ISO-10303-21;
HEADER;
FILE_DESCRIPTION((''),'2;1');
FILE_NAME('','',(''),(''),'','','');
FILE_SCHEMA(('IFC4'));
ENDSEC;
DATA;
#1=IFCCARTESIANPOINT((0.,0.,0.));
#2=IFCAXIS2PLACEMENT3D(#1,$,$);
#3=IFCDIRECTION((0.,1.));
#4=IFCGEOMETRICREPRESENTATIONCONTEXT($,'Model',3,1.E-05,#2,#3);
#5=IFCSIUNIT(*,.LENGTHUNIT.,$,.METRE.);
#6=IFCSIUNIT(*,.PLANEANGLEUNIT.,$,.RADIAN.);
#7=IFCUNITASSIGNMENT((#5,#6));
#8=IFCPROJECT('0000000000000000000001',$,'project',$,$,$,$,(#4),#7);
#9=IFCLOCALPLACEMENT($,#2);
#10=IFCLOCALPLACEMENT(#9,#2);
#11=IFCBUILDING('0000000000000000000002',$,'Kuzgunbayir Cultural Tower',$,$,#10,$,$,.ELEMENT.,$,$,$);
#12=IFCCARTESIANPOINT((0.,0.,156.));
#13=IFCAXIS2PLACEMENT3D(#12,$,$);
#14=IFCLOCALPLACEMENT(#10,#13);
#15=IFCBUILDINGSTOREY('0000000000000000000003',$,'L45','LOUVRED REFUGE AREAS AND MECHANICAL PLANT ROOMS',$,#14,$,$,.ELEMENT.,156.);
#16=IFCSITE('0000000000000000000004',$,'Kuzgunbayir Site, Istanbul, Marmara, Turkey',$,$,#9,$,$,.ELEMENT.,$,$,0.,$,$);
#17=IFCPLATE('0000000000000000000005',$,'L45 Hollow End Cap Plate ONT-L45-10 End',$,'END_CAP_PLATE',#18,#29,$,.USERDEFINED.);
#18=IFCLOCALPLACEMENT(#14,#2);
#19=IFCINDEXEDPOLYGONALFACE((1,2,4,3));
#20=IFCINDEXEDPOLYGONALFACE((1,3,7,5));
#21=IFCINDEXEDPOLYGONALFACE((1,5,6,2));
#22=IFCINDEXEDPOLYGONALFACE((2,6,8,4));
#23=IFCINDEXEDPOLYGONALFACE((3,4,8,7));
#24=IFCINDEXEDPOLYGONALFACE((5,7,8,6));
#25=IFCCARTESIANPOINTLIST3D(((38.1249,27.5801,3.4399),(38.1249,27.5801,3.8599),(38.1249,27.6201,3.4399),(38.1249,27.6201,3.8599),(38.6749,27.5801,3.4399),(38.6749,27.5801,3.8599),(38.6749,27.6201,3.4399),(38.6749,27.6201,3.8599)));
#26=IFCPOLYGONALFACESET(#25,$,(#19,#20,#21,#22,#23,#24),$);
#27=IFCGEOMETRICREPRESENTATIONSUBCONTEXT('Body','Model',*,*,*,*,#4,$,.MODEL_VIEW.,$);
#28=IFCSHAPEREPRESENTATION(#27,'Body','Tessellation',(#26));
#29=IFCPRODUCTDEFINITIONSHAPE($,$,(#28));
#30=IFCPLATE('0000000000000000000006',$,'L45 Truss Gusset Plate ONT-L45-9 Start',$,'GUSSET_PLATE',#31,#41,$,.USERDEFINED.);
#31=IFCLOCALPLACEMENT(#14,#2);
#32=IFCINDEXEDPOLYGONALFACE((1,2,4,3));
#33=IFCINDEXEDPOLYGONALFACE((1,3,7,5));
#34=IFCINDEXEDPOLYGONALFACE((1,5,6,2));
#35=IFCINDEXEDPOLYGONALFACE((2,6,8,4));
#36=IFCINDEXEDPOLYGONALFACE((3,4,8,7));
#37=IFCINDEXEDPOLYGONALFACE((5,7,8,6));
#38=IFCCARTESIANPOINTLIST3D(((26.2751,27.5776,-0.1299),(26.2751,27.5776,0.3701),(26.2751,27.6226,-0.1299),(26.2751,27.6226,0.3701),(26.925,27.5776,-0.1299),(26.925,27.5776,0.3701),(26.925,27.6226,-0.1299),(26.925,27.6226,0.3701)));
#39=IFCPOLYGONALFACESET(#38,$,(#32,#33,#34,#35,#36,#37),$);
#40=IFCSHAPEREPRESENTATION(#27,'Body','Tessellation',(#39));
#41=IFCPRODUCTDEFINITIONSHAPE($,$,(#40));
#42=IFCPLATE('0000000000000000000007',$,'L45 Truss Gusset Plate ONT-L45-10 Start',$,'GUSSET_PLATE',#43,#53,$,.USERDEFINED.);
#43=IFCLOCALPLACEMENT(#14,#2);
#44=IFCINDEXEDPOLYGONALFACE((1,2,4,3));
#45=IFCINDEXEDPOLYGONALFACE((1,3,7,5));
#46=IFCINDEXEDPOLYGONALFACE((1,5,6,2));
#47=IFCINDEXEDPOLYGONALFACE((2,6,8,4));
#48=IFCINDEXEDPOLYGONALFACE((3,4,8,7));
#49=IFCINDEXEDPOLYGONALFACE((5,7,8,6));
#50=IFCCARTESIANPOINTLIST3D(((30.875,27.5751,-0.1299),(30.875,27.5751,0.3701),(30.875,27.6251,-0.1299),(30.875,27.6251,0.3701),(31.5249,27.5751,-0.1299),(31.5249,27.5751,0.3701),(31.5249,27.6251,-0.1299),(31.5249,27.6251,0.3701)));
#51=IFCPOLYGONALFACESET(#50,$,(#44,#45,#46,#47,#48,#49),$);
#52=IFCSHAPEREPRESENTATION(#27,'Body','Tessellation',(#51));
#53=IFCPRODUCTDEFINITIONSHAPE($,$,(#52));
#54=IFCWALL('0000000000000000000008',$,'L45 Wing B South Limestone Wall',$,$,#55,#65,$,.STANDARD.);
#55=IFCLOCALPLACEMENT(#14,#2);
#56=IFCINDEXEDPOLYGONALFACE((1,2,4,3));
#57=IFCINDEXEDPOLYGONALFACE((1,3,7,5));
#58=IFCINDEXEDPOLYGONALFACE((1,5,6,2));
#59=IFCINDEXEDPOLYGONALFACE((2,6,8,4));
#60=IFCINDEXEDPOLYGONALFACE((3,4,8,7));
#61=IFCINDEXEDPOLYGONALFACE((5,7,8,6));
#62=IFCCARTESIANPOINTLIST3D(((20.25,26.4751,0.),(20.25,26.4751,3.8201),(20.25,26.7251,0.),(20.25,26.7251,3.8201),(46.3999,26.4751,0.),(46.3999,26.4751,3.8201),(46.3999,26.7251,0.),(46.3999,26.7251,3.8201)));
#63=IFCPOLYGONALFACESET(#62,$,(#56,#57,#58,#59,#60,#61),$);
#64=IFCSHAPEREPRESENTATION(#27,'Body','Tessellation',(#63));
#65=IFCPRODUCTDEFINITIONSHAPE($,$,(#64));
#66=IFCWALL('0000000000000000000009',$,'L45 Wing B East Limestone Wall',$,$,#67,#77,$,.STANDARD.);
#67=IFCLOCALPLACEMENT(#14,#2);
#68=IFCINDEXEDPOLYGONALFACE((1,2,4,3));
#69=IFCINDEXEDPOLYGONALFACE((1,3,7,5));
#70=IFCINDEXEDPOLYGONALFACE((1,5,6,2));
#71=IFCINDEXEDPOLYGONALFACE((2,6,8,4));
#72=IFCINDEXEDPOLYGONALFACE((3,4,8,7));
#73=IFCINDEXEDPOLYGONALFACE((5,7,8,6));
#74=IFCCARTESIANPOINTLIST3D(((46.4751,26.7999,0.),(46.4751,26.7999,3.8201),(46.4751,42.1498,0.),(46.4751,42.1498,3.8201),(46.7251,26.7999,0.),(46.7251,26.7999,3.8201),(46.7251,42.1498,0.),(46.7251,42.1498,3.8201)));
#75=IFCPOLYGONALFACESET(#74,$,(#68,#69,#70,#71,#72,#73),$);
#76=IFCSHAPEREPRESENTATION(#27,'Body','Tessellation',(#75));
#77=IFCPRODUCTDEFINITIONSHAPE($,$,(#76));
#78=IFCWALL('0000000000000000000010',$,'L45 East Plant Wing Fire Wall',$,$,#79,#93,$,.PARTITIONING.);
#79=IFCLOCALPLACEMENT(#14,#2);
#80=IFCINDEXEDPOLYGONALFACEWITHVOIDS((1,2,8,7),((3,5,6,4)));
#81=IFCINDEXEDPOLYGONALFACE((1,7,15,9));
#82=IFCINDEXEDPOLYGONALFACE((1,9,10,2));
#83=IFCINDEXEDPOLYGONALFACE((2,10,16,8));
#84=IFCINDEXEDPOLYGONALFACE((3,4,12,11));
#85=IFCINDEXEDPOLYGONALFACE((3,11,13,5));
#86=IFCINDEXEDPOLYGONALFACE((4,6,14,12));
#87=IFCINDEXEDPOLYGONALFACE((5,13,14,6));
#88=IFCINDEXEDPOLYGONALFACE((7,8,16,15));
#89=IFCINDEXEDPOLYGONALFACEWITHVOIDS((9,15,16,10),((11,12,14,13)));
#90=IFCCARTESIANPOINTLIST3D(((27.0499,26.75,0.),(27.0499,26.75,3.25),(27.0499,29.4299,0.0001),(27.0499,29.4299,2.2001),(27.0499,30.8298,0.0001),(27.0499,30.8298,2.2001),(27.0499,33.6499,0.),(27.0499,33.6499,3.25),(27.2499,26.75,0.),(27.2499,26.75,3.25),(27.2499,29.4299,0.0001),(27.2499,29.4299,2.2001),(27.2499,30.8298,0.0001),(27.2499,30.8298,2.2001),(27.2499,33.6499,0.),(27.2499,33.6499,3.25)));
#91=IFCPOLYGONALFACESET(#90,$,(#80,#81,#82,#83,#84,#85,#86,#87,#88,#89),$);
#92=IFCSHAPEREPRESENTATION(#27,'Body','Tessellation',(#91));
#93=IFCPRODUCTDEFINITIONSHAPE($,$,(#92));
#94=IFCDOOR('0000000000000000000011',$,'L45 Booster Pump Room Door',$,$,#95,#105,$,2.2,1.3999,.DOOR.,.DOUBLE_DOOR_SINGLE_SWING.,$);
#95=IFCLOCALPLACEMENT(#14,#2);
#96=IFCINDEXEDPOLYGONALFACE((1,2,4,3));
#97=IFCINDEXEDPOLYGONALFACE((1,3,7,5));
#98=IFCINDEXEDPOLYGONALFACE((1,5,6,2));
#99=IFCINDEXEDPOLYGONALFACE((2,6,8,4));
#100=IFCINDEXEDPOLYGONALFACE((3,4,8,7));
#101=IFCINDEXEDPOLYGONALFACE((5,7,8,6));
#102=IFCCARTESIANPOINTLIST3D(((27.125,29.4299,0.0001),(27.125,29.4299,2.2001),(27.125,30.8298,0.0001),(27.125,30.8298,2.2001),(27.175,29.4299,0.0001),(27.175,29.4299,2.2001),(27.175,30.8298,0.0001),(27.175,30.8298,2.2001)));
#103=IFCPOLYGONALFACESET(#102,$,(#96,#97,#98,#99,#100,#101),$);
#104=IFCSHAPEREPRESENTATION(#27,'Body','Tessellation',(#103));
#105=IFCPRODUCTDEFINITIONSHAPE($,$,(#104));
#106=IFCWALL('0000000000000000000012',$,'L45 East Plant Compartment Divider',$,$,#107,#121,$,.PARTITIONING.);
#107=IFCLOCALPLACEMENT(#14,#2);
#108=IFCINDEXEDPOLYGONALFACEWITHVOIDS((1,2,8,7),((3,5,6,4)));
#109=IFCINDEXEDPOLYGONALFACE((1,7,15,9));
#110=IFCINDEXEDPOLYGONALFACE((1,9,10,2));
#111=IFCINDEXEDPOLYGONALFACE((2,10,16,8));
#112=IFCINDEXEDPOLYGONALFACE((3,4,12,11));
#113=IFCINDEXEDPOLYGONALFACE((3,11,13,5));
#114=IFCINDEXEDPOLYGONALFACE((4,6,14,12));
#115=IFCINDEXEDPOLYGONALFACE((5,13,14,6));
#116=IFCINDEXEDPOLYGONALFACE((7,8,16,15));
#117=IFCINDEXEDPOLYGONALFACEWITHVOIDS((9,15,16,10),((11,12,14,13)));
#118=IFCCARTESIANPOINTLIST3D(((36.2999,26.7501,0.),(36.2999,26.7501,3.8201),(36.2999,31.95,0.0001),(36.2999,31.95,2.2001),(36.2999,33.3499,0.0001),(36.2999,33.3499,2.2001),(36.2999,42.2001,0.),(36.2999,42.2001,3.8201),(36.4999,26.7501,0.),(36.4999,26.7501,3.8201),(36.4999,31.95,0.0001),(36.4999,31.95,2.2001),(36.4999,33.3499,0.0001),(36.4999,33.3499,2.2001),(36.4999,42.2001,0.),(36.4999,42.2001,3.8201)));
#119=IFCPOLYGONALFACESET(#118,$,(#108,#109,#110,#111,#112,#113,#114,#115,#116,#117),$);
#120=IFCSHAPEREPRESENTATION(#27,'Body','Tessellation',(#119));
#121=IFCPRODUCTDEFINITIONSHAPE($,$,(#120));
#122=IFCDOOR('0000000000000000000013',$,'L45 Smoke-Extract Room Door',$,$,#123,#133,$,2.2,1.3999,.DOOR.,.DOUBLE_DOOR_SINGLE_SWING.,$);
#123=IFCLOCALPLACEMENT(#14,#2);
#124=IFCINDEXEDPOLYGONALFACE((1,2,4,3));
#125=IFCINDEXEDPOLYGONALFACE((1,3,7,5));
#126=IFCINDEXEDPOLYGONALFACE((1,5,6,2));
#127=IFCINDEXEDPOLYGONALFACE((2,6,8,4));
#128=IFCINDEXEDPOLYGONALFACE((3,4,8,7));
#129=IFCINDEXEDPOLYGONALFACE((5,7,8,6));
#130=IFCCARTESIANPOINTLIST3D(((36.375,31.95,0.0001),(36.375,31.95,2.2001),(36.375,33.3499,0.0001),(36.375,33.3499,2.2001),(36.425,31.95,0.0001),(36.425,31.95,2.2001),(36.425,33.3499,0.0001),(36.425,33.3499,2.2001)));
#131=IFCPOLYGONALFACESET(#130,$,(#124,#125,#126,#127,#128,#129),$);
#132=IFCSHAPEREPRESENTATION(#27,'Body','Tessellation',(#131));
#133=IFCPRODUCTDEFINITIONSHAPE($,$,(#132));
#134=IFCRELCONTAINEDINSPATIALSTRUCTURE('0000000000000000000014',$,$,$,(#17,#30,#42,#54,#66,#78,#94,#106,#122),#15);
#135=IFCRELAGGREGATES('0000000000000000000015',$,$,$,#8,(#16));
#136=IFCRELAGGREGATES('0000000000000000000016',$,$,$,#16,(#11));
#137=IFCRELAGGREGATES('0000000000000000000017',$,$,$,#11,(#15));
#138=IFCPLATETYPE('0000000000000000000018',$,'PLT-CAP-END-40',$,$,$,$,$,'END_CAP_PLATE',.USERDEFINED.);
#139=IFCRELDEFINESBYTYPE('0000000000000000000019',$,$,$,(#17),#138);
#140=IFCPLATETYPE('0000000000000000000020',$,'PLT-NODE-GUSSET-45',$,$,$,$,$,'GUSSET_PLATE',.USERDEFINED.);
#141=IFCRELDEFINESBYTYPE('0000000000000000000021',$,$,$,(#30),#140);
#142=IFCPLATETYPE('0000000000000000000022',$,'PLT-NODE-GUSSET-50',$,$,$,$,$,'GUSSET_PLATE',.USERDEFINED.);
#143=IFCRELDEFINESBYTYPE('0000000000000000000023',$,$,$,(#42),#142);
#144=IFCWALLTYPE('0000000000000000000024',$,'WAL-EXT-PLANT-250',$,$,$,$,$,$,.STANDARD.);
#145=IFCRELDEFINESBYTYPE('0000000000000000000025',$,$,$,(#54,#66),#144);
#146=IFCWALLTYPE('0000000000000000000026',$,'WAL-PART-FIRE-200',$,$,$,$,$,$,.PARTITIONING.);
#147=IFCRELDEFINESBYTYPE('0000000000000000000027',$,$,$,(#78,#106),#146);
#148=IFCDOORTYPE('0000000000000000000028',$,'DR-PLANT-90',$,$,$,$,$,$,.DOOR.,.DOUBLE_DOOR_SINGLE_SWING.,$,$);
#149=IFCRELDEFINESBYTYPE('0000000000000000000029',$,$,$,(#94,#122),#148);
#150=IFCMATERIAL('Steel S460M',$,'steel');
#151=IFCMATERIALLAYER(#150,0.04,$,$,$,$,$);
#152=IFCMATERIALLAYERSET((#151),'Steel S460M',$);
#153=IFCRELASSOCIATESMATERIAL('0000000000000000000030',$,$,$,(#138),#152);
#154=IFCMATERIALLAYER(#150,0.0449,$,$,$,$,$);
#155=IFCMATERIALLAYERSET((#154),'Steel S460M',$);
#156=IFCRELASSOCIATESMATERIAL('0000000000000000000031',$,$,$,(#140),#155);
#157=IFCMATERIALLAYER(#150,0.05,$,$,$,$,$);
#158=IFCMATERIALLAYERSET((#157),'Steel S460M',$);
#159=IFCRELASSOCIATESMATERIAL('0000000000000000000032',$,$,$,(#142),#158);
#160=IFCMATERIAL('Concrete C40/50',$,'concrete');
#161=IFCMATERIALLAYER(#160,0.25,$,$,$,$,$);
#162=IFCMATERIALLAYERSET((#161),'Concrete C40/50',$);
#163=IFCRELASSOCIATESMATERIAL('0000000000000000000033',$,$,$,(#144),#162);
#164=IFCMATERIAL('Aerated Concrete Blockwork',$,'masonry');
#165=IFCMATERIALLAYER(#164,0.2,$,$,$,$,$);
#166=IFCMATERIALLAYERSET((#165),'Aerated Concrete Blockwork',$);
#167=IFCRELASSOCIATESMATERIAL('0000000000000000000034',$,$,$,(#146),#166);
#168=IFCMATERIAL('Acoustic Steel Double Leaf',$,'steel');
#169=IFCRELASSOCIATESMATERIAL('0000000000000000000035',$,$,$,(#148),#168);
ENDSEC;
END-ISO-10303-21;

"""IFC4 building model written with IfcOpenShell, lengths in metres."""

from ifc_helpers import new_model, si_unit, direction, frame, frame_2d, origin, origin_2d, place, context, subcontext, project, spatial, rectangle, extrude, material, layer, layer_set, type_object, element, fill, save


model = new_model("IFC4")

# Units and contexts
model_context = context("Model", 3, precision=1e-05, world=origin(), true_north=direction((0.0, 1.0)))
body_context = subcontext(model_context, "Body", "Model", "MODEL_VIEW")
ifc_project = project(units=[si_unit("LENGTHUNIT", "METRE"), si_unit("PLANEANGLEUNIT", "RADIAN")], contexts=[model_context])

# Site, building, storey
site_placement = place(None, origin())
site = spatial("IfcSite", under=ifc_project, at=site_placement, Name="Kuzgunbayir Site, Istanbul, Marmara, Turkey", CompositionType="ELEMENT", RefElevation=0.0)
building_placement = place(site_placement, origin())
building = spatial("IfcBuilding", under=site, at=building_placement, Name="Kuzgunbayir Cultural Tower", CompositionType="ELEMENT")
storey_placement = place(building_placement, frame((0.0, 0.0, 156.0)))
storey = spatial("IfcBuildingStorey", under=building, at=storey_placement, Name="L45", Description="LOUVRED REFUGE AREAS AND MECHANICAL PLANT ROOMS", CompositionType="ELEMENT", Elevation=156.0)

# Shared definitions
ifc_material_1 = material(Name="Steel S460M", Category="steel")

# Plates
ifc_layer_1 = layer(ifc_material_1, 0.04)
ifc_layer_set_1 = layer_set([ifc_layer_1], Name="Steel S460M")
plate_type_1 = type_object("IfcPlateType", Name="PLT-CAP-END-40", ElementType="END_CAP_PLATE", PredefinedType="USERDEFINED", material=ifc_layer_set_1)
plate_1_placement = place(storey_placement, frame((38.3999, 27.6001, 3.4399), z_axis=(0.0, 0.0, 1.0), x_axis=(1.0, 0.0, 0.0)))
element("IfcPlate", 1, at=plate_1_placement, inside=storey, type_object=plate_type_1, Name="L45 Hollow End Cap Plate ONT-L45-10 End", ObjectType="END_CAP_PLATE", PredefinedType="USERDEFINED", context=body_context, shape_type="SweptSolid", body=[
    extrude(rectangle(XDim=0.55, YDim=0.04, at=origin_2d()), origin(), (0.0, 0.0, 1.0), 0.4199),
])
ifc_layer_2 = layer(ifc_material_1, 0.0449)
ifc_layer_set_2 = layer_set([ifc_layer_2], Name="Steel S460M")
plate_type_2 = type_object("IfcPlateType", Name="PLT-NODE-GUSSET-45", ElementType="GUSSET_PLATE", PredefinedType="USERDEFINED", material=ifc_layer_set_2)
plate_2_placement = place(storey_placement, frame((26.6001, 27.6001, -0.1299), z_axis=(0.0, 0.0, 1.0), x_axis=(1.0, 0.0, 0.0)))
element("IfcPlate", 2, at=plate_2_placement, inside=storey, type_object=plate_type_2, Name="L45 Truss Gusset Plate ONT-L45-9 Start", ObjectType="GUSSET_PLATE", PredefinedType="USERDEFINED", context=body_context, shape_type="SweptSolid", body=[
    extrude(rectangle(XDim=0.6499, YDim=0.0449, at=origin_2d()), origin(), (0.0, 0.0, 1.0), 0.5),
])
ifc_layer_3 = layer(ifc_material_1, 0.05)
ifc_layer_set_3 = layer_set([ifc_layer_3], Name="Steel S460M")
plate_type_3 = type_object("IfcPlateType", Name="PLT-NODE-GUSSET-50", ElementType="GUSSET_PLATE", PredefinedType="USERDEFINED", material=ifc_layer_set_3)
plate_3_placement = place(storey_placement, frame((31.2, 27.6001, -0.1299), z_axis=(0.0, 0.0, 1.0), x_axis=(1.0, 0.0, 0.0)))
element("IfcPlate", 3, at=plate_3_placement, inside=storey, type_object=plate_type_3, Name="L45 Truss Gusset Plate ONT-L45-10 Start", ObjectType="GUSSET_PLATE", PredefinedType="USERDEFINED", context=body_context, shape_type="SweptSolid", body=[
    extrude(rectangle(XDim=0.6499, YDim=0.05, at=origin_2d()), origin(), (0.0, 0.0, 1.0), 0.5),
])

# Walls
ifc_material_2 = material(Name="Concrete C40/50", Category="concrete")
ifc_layer_4 = layer(ifc_material_2, 0.25)
ifc_layer_set_4 = layer_set([ifc_layer_4], Name="Concrete C40/50")
wall_type_1 = type_object("IfcWallType", Name="WAL-EXT-PLANT-250", PredefinedType="STANDARD", material=ifc_layer_set_4)
wall_1_placement = place(storey_placement, frame((20.25, 26.6001, 0.0), z_axis=(0.0, 0.0, 1.0), x_axis=(1.0, 0.0, 0.0)))
element("IfcWall", 4, at=wall_1_placement, inside=storey, type_object=wall_type_1, Name="L45 Wing B South Limestone Wall", PredefinedType="STANDARD", context=body_context, shape_type="SweptSolid", body=[
    extrude(rectangle(XDim=26.1499, YDim=0.25, at=frame_2d((13.075, 0.0))), origin(), (0.0, 0.0, 1.0), 3.8201),
])
wall_2_placement = place(storey_placement, frame((46.6001, 26.8, 0.0), z_axis=(0.0, 0.0, 1.0), x_axis=(0.0, 1.0, 0.0)))
element("IfcWall", 5, at=wall_2_placement, inside=storey, type_object=wall_type_1, Name="L45 Wing B East Limestone Wall", PredefinedType="STANDARD", context=body_context, shape_type="SweptSolid", body=[
    extrude(rectangle(XDim=15.3499, YDim=0.25, at=frame_2d((7.6748, 0.0))), origin(), (0.0, 0.0, 1.0), 3.8201),
])

# Walls, openings, doors
ifc_material_3 = material(Name="Aerated Concrete Blockwork", Category="masonry")
ifc_layer_5 = layer(ifc_material_3, 0.2)
ifc_layer_set_5 = layer_set([ifc_layer_5], Name="Aerated Concrete Blockwork")
wall_type_2 = type_object("IfcWallType", Name="WAL-PART-FIRE-200", PredefinedType="PARTITIONING", material=ifc_layer_set_5)
wall_3_placement = place(storey_placement, frame((27.1499, 26.75, 0.0), z_axis=(0.0, 0.0, 1.0), x_axis=(0.0, 1.0, 0.0)))
wall_3 = element("IfcWall", 6, at=wall_3_placement, inside=storey, type_object=wall_type_2, Name="L45 East Plant Wing Fire Wall", PredefinedType="PARTITIONING", context=body_context, shape_type="SweptSolid", body=[
    extrude(rectangle(XDim=6.8999, YDim=0.2, at=frame_2d((3.45, 0.0))), origin(), (0.0, 0.0, 1.0), 3.25),
])
opening_1_placement = place(wall_3_placement, frame((2.6799, 0.0, 0.0)))
opening_1 = element("IfcOpeningElement", 7, at=opening_1_placement, cuts=wall_3, PredefinedType="OPENING", context=body_context, shape_type="SweptSolid", body=[
    extrude(rectangle(XDim=1.3999, YDim=2.2, at=frame_2d((0.7, 1.1001))), frame((0.0, 0.1099, 0.0), z_axis=(0.0, -1.0, 0.0), x_axis=(1.0, 0.0, 0.0)), (0.0, 0.0, 1.0), 0.22),
])
ifc_material_4 = material(Name="Acoustic Steel Double Leaf", Category="steel")
door_type = type_object("IfcDoorType", Name="DR-PLANT-90", OperationType="DOUBLE_DOOR_SINGLE_SWING", PredefinedType="DOOR", material=ifc_material_4)
door_1_placement = place(opening_1_placement, origin())
door_1 = element("IfcDoor", 8, at=door_1_placement, inside=storey, type_object=door_type, Name="L45 Booster Pump Room Door", OperationType="DOUBLE_DOOR_SINGLE_SWING", OverallHeight=2.2, OverallWidth=1.3999, PredefinedType="DOOR", context=body_context, shape_type="SweptSolid", body=[
    extrude(rectangle(XDim=1.3999, YDim=2.2, at=frame_2d((0.7, 1.1001))), frame((0.0, 0.0249, 0.0), z_axis=(0.0, -1.0, 0.0), x_axis=(1.0, 0.0, 0.0)), (0.0, 0.0, 1.0), 0.05),
])
fill(opening_1, door_1)
wall_4_placement = place(storey_placement, frame((36.3999, 26.75, 0.0), z_axis=(0.0, 0.0, 1.0), x_axis=(0.0, 1.0, 0.0)))
wall_4 = element("IfcWall", 9, at=wall_4_placement, inside=storey, type_object=wall_type_2, Name="L45 East Plant Compartment Divider", PredefinedType="PARTITIONING", context=body_context, shape_type="SweptSolid", body=[
    extrude(rectangle(XDim=15.45, YDim=0.2, at=frame_2d((7.7251, 0.0))), origin(), (0.0, 0.0, 1.0), 3.8201),
])
opening_2_placement = place(wall_4_placement, frame((5.2, 0.0, 0.0)))
opening_2 = element("IfcOpeningElement", 10, at=opening_2_placement, cuts=wall_4, PredefinedType="OPENING", context=body_context, shape_type="SweptSolid", body=[
    extrude(rectangle(XDim=1.3999, YDim=2.2, at=frame_2d((0.7, 1.1001))), frame((0.0, 0.1099, 0.0), z_axis=(0.0, -1.0, 0.0), x_axis=(1.0, 0.0, 0.0)), (0.0, 0.0, 1.0), 0.22),
])
door_2_placement = place(opening_2_placement, origin())
door_2 = element("IfcDoor", 11, at=door_2_placement, inside=storey, type_object=door_type, Name="L45 Smoke-Extract Room Door", OperationType="DOUBLE_DOOR_SINGLE_SWING", OverallHeight=2.2, OverallWidth=1.3999, PredefinedType="DOOR", context=body_context, shape_type="SweptSolid", body=[
    extrude(rectangle(XDim=1.3999, YDim=2.2, at=frame_2d((0.7, 1.1001))), frame((0.0, 0.0249, 0.0), z_axis=(0.0, -1.0, 0.0), x_axis=(1.0, 0.0, 0.0)), (0.0, 0.0, 1.0), 0.05),
])
fill(opening_2, door_2)

save(model, "model.ifc")
